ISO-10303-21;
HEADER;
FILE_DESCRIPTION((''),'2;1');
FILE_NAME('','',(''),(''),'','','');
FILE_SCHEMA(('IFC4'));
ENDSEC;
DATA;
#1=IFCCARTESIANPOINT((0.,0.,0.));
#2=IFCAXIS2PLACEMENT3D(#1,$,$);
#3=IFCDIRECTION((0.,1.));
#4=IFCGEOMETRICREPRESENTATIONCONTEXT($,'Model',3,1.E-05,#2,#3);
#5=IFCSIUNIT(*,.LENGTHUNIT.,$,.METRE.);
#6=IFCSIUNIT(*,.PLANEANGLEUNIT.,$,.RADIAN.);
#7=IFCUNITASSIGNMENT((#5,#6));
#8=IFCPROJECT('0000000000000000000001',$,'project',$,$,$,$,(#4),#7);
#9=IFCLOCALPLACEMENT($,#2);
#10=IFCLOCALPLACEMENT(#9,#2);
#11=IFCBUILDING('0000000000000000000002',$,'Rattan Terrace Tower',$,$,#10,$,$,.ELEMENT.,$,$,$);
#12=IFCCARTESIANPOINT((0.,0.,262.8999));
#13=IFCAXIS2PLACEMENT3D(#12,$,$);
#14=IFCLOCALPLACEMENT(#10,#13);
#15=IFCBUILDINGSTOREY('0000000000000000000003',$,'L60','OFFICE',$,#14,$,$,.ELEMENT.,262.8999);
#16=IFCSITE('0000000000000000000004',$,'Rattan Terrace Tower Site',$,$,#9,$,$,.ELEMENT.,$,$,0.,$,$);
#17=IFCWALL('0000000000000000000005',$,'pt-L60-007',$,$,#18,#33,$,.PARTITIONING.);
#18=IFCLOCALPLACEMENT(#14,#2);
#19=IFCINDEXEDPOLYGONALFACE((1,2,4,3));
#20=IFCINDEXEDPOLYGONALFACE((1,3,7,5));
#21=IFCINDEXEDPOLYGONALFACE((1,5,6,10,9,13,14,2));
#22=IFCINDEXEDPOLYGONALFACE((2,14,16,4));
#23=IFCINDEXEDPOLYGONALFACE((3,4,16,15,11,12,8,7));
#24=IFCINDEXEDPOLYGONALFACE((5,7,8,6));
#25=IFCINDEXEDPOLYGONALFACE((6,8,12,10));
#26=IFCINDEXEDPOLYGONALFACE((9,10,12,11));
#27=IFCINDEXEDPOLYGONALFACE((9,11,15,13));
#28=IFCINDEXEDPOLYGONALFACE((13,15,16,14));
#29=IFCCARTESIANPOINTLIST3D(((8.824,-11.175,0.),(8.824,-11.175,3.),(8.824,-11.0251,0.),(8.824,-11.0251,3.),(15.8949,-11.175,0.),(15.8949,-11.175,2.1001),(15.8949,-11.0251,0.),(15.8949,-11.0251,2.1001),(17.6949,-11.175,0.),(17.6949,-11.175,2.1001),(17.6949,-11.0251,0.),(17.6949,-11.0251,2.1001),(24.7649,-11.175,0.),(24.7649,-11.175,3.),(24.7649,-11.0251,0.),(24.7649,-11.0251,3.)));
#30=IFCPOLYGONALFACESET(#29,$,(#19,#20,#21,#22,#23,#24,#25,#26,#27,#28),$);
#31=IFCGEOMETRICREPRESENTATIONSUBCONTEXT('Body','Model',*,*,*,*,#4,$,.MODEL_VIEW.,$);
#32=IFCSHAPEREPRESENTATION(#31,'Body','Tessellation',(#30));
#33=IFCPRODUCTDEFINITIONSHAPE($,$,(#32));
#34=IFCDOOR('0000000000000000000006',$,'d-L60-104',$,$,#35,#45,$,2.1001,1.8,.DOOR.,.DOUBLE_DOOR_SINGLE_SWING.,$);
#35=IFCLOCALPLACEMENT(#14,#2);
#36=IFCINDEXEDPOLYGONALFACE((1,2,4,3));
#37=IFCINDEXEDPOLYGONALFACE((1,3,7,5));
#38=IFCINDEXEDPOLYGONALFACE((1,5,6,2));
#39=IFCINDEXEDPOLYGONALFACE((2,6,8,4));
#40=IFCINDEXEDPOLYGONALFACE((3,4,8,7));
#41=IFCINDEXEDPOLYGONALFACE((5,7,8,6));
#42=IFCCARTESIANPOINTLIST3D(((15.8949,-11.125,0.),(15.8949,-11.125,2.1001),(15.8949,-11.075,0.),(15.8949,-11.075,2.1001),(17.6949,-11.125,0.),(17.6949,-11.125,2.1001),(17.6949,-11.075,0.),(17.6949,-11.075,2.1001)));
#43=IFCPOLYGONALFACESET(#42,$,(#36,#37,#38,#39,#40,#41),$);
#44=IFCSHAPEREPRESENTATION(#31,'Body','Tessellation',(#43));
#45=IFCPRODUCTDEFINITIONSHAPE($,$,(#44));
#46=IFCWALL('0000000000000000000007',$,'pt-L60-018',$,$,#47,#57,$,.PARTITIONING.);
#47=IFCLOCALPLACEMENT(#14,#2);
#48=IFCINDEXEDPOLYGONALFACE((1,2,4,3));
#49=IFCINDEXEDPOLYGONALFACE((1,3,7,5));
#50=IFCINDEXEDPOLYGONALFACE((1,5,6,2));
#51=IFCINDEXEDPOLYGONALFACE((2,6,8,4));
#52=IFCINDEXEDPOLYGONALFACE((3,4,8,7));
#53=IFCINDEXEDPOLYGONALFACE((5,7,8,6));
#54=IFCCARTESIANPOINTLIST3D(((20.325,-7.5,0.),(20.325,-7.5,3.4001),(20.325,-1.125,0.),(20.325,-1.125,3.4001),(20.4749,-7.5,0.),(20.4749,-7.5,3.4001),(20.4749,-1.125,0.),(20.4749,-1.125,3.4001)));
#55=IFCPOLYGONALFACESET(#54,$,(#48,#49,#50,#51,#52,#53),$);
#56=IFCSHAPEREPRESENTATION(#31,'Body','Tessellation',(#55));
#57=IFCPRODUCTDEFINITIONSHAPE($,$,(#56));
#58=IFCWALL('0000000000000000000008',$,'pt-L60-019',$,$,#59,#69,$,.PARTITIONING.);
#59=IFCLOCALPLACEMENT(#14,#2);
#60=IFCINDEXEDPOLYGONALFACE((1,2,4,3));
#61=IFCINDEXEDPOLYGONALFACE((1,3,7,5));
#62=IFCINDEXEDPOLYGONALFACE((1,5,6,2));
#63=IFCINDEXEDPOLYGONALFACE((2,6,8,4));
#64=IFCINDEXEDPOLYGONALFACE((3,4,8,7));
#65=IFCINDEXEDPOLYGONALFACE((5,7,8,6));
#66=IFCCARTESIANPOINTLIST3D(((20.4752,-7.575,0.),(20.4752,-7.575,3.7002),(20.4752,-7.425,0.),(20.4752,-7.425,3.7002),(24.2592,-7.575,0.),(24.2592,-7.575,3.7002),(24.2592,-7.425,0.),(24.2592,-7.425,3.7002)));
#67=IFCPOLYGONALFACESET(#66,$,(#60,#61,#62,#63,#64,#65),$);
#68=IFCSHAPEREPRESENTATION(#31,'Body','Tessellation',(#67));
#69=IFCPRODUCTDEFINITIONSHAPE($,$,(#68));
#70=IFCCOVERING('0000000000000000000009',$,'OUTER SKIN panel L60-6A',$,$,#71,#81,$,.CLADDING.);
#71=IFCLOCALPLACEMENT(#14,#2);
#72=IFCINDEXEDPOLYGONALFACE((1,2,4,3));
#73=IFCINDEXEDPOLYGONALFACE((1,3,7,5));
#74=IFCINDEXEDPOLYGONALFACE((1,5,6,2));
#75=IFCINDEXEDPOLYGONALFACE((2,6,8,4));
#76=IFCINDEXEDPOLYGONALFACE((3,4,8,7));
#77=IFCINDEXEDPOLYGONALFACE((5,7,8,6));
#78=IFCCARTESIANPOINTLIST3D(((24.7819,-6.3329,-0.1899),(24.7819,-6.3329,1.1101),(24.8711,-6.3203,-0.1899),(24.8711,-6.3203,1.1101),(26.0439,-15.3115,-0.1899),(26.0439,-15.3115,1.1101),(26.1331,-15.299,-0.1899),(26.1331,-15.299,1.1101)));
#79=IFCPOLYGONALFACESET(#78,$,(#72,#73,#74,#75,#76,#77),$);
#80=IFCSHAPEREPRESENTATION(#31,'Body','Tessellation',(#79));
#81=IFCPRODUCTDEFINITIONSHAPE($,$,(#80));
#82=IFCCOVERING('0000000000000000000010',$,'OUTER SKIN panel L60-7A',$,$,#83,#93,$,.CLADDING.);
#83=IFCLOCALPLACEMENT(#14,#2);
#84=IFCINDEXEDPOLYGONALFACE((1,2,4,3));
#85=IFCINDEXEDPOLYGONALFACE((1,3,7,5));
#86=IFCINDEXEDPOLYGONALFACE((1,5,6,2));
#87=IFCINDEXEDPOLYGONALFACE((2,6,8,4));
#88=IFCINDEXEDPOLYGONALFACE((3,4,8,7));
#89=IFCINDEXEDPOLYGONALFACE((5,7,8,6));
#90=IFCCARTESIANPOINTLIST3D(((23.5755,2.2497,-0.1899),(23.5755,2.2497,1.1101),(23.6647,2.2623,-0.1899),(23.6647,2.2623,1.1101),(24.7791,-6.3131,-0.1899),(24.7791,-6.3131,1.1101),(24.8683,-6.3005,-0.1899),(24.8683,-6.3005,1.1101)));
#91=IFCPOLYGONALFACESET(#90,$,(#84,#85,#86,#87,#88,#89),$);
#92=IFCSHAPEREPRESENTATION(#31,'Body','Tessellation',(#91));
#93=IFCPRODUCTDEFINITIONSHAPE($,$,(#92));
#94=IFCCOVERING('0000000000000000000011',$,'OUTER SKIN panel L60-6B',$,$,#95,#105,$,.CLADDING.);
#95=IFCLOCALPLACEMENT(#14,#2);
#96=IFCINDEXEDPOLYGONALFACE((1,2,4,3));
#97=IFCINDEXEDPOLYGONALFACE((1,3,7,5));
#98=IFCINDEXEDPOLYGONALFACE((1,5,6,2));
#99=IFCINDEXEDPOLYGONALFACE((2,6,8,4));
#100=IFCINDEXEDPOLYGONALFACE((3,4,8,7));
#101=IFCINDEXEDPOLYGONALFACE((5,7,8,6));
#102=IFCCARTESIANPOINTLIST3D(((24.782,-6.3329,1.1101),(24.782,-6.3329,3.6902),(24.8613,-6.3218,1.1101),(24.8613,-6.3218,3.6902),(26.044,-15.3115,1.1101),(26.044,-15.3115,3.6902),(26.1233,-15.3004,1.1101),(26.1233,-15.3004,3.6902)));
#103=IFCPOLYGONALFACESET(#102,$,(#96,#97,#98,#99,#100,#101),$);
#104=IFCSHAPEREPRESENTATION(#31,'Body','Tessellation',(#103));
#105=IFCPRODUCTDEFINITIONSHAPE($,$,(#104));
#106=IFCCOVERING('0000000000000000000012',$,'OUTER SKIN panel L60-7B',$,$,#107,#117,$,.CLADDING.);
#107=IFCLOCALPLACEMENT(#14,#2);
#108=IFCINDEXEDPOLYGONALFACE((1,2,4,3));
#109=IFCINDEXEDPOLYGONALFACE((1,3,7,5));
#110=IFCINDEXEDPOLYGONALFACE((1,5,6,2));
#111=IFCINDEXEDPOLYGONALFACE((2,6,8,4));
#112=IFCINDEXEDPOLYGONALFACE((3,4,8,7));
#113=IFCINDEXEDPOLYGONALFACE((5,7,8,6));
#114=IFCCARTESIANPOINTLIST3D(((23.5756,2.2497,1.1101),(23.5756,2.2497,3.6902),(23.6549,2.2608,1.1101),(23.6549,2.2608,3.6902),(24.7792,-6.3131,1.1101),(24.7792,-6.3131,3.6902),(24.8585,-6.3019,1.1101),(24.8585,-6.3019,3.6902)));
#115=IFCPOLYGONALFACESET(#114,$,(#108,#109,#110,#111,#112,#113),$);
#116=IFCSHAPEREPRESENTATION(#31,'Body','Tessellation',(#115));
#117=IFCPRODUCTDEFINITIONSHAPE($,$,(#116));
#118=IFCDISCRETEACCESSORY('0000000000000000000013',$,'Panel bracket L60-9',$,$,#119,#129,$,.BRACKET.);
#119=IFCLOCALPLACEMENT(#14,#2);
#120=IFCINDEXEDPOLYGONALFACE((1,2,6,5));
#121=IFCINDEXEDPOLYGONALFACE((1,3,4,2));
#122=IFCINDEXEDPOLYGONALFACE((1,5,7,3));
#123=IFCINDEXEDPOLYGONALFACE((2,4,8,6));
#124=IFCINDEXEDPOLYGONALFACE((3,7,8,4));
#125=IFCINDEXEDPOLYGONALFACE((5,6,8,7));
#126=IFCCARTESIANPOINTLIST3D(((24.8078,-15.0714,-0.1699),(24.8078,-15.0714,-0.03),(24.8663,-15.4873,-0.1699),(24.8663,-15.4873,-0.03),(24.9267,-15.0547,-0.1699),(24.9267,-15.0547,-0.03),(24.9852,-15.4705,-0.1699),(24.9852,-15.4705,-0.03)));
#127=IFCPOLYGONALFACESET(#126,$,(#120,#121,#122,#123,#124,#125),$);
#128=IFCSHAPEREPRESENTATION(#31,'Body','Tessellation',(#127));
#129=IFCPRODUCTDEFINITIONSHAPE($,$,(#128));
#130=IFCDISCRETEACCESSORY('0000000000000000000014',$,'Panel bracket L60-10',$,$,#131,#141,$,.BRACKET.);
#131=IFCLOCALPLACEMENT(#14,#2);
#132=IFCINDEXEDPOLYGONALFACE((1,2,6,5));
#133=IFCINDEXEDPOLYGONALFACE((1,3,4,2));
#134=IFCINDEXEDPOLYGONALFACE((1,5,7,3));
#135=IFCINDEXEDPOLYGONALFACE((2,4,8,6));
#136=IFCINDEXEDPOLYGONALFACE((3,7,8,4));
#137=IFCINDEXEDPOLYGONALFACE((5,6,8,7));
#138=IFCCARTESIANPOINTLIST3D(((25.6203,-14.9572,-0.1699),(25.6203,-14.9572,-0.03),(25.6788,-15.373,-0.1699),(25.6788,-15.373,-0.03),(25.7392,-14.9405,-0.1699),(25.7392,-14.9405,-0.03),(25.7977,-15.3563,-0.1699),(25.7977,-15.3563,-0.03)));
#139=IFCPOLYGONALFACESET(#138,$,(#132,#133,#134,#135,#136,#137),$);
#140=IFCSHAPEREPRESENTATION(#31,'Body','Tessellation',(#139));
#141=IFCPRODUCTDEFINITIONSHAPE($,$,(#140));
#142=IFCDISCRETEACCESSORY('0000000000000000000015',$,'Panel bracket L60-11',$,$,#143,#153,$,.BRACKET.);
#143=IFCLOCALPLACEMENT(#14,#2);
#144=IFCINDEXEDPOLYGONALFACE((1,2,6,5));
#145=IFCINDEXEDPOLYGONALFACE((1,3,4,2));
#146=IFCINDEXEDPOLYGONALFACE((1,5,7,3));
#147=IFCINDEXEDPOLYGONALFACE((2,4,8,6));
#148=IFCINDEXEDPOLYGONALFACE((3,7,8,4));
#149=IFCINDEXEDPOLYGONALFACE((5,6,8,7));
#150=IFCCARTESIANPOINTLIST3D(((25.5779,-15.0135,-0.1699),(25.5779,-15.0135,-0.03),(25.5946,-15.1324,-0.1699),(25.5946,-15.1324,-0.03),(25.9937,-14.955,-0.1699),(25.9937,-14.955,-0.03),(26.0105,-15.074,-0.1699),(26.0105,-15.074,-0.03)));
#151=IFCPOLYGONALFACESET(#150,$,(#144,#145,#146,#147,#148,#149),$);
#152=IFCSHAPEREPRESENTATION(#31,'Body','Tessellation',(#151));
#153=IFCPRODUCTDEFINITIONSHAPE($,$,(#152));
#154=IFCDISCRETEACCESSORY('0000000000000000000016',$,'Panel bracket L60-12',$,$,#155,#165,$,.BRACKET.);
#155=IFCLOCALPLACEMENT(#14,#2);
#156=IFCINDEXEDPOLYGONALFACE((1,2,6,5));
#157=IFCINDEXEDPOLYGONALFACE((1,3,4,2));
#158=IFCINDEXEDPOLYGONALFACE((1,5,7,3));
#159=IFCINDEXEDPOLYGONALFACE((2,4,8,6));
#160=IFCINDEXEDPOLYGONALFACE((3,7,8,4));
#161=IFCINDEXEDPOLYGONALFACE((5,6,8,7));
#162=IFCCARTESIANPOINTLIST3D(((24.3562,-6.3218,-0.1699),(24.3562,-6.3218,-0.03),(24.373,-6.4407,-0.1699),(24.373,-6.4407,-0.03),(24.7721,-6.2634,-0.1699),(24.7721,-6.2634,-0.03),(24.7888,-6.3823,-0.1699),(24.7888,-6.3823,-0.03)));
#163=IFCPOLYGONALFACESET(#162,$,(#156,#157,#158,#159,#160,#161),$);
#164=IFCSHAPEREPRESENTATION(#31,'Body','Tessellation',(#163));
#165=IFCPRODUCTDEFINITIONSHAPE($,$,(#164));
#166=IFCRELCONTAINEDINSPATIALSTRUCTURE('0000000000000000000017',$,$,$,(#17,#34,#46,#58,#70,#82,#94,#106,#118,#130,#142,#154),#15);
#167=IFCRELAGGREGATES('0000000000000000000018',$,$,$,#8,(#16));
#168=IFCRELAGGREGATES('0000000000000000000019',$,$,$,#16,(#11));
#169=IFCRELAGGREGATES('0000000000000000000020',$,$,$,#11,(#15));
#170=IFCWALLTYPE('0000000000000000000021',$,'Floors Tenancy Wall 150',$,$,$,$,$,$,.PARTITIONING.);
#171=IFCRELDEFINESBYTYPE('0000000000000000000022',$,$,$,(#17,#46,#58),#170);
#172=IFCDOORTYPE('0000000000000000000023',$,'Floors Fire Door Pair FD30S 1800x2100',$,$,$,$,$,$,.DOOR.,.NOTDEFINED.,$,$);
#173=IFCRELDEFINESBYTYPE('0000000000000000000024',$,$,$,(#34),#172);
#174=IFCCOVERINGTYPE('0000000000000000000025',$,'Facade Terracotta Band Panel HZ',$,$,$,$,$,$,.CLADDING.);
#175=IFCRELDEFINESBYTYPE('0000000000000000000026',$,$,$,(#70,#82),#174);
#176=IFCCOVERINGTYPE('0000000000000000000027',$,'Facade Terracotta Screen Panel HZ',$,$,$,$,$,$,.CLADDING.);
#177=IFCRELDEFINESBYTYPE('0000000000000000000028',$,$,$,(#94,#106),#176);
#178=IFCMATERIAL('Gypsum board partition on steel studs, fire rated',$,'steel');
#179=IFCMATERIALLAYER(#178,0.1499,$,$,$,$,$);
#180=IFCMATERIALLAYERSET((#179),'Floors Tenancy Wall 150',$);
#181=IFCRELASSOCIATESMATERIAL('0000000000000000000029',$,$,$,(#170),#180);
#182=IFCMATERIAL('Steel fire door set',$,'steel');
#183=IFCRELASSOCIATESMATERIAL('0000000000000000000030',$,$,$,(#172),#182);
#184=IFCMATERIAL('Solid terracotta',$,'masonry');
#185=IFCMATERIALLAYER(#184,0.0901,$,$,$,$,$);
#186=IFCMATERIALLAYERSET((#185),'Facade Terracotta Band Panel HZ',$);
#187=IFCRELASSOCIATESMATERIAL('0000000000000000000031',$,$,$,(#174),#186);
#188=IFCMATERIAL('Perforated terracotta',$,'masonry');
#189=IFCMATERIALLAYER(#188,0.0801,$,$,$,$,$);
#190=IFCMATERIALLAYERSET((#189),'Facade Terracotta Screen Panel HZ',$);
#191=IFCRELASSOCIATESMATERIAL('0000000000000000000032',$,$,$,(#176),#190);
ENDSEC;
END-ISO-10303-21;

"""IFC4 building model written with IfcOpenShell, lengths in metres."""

from ifc_helpers import new_model, si_unit, direction, frame, frame_2d, origin, origin_2d, place, context, subcontext, project, spatial, rectangle, extrude, material, layer, layer_set, type_object, element, fill, save


model = new_model("IFC4")

# Units and contexts
model_context = context("Model", 3, precision=1e-05, world=origin(), true_north=direction((0.0, 1.0)))
body_context = subcontext(model_context, "Body", "Model", "MODEL_VIEW")
ifc_project = project(units=[si_unit("LENGTHUNIT", "METRE"), si_unit("PLANEANGLEUNIT", "RADIAN")], contexts=[model_context])

# Site, building, storey
site_placement = place(None, origin())
site = spatial("IfcSite", under=ifc_project, at=site_placement, Name="Rattan Terrace Tower Site", CompositionType="ELEMENT", RefElevation=0.0)
building_placement = place(site_placement, origin())
building = spatial("IfcBuilding", under=site, at=building_placement, Name="Rattan Terrace Tower", CompositionType="ELEMENT")
storey_placement = place(building_placement, frame((0.0, 0.0, 262.8999)))
storey = spatial("IfcBuildingStorey", under=building, at=storey_placement, Name="L60", Description="OFFICE", CompositionType="ELEMENT", Elevation=262.8999)

# Wall, opening, door
ifc_material_1 = material(Name="Gypsum board partition on steel studs, fire rated", Category="steel")
ifc_layer_1 = layer(ifc_material_1, 0.1499)
ifc_layer_set_1 = layer_set([ifc_layer_1], Name="Floors Tenancy Wall 150")
wall_type_1 = type_object("IfcWallType", Name="Floors Tenancy Wall 150", PredefinedType="PARTITIONING", material=ifc_layer_set_1)
wall_1_placement = place(storey_placement, frame((24.7649, -11.1001, 0.0), z_axis=(0.0, 0.0, 1.0), x_axis=(-1.0, 0.0, 0.0)))
wall_1 = element("IfcWall", 1, at=wall_1_placement, inside=storey, type_object=wall_type_1, Name="pt-L60-007", PredefinedType="PARTITIONING", context=body_context, shape_type="SweptSolid", body=[
    extrude(rectangle(XDim=15.9409, YDim=0.1499, at=frame_2d((7.9705, 0.0))), origin(), (0.0, 0.0, 1.0), 3.0),
])
opening_1_placement = place(wall_1_placement, frame((7.0701, 0.0, 0.0)))
opening_1 = element("IfcOpeningElement", 2, at=opening_1_placement, cuts=wall_1, PredefinedType="OPENING", context=body_context, shape_type="SweptSolid", body=[
    extrude(rectangle(XDim=1.8, YDim=2.1001, at=frame_2d((0.8999, 1.05))), frame((0.0, 0.0854, 0.0), z_axis=(0.0, -1.0, 0.0), x_axis=(1.0, 0.0, 0.0)), (0.0, 0.0, 1.0), 0.1709),
])
ifc_material_2 = material(Name="Steel fire door set", Category="steel")
door_type_1 = type_object("IfcDoorType", Name="Floors Fire Door Pair FD30S 1800x2100", OperationType="NOTDEFINED", PredefinedType="DOOR", material=ifc_material_2)
door_1_placement = place(opening_1_placement, origin())
door_1 = element("IfcDoor", 3, at=door_1_placement, inside=storey, type_object=door_type_1, Name="d-L60-104", OperationType="DOUBLE_DOOR_SINGLE_SWING", OverallHeight=2.1001, OverallWidth=1.8, PredefinedType="DOOR", context=body_context, shape_type="SweptSolid", body=[
    extrude(rectangle(XDim=1.8, YDim=2.1001, at=frame_2d((0.8999, 1.05))), frame((0.0, 0.0249, 0.0), z_axis=(0.0, -1.0, 0.0), x_axis=(1.0, 0.0, 0.0)), (0.0, 0.0, 1.0), 0.05),
])
fill(opening_1, door_1)

# Walls
wall_2_placement = place(storey_placement, frame((20.3999, -1.125, 0.0), z_axis=(0.0, 0.0, 1.0), x_axis=(0.0, -1.0, 0.0)))
element("IfcWall", 4, at=wall_2_placement, inside=storey, type_object=wall_type_1, Name="pt-L60-018", PredefinedType="PARTITIONING", context=body_context, shape_type="SweptSolid", body=[
    extrude(rectangle(XDim=6.375, YDim=0.1499, at=frame_2d((3.1875, 0.0))), origin(), (0.0, 0.0, 1.0), 3.4001),
])
wall_3_placement = place(storey_placement, frame((20.4751, -7.5, 0.0), z_axis=(0.0, 0.0, 1.0), x_axis=(1.0, 0.0, 0.0)))
element("IfcWall", 5, at=wall_3_placement, inside=storey, type_object=wall_type_1, Name="pt-L60-019", PredefinedType="PARTITIONING", context=body_context, shape_type="SweptSolid", body=[
    extrude(rectangle(XDim=3.7839, YDim=0.1499, at=frame_2d((1.8921, 0.0))), origin(), (0.0, 0.0, 1.0), 3.7002),
])

# Coverings
ifc_material_3 = material(Name="Solid terracotta", Category="masonry")
ifc_layer_2 = layer(ifc_material_3, 0.0901)
ifc_layer_set_2 = layer_set([ifc_layer_2], Name="Facade Terracotta Band Panel HZ")
covering_type_1 = type_object("IfcCoveringType", Name="Facade Terracotta Band Panel HZ", PredefinedType="CLADDING", material=ifc_layer_set_2)
covering_1_placement = place(storey_placement, frame((25.4575, -10.8159, -0.1899), z_axis=(0.0, 0.0, 1.0), x_axis=(-0.139192, 0.990265, 0.0)))
element("IfcCovering", 6, at=covering_1_placement, inside=storey, type_object=covering_type_1, Name="OUTER SKIN panel L60-6A", PredefinedType="CLADDING", context=body_context, shape_type="SweptSolid", body=[
    extrude(rectangle(XDim=9.0669, YDim=0.0901, at=origin_2d()), origin(), (0.0, 0.0, 1.0), 1.3),
])
covering_2_placement = place(storey_placement, frame((24.2219, -2.0254, -0.1899), z_axis=(0.0, 0.0, 1.0), x_axis=(-0.139192, 0.990265, 0.0)))
element("IfcCovering", 7, at=covering_2_placement, inside=storey, type_object=covering_type_1, Name="OUTER SKIN panel L60-7A", PredefinedType="CLADDING", context=body_context, shape_type="SweptSolid", body=[
    extrude(rectangle(XDim=8.647, YDim=0.0901, at=origin_2d()), origin(), (0.0, 0.0, 1.0), 1.3),
])
ifc_material_4 = material(Name="Perforated terracotta", Category="masonry")
ifc_layer_3 = layer(ifc_material_4, 0.0801)
ifc_layer_set_3 = layer_set([ifc_layer_3], Name="Facade Terracotta Screen Panel HZ")
covering_type_2 = type_object("IfcCoveringType", Name="Facade Terracotta Screen Panel HZ", PredefinedType="CLADDING", material=ifc_layer_set_3)
covering_3_placement = place(storey_placement, frame((25.4526, -10.8167, 1.1101), z_axis=(0.0, 0.0, 1.0), x_axis=(-0.139192, 0.990265, 0.0)))
element("IfcCovering", 8, at=covering_3_placement, inside=storey, type_object=covering_type_2, Name="OUTER SKIN panel L60-6B", PredefinedType="CLADDING", context=body_context, shape_type="SweptSolid", body=[
    extrude(rectangle(XDim=9.0669, YDim=0.0801, at=origin_2d()), origin(), (0.0, 0.0, 1.0), 2.5801),
])
covering_4_placement = place(storey_placement, frame((24.217, -2.0261, 1.1101), z_axis=(0.0, 0.0, 1.0), x_axis=(-0.139192, 0.990265, 0.0)))
element("IfcCovering", 9, at=covering_4_placement, inside=storey, type_object=covering_type_2, Name="OUTER SKIN panel L60-7B", PredefinedType="CLADDING", context=body_context, shape_type="SweptSolid", body=[
    extrude(rectangle(XDim=8.647, YDim=0.0801, at=origin_2d()), origin(), (0.0, 0.0, 1.0), 2.5801),
])

# Discrete accessories
for number, where, z_axis, x_axis, name in (
    (10, (24.8965, -15.271, -0.1699), (0.0, 0.0, 1.0), (0.990254, 0.139275, 0.0), "Panel bracket L60-9"),
    (11, (25.709, -15.1567, -0.1699), (0.0, 0.0, 1.0), (0.990254, 0.139275, 0.0), "Panel bracket L60-10"),
    (12, (25.7942, -15.0437, -0.1699), (0.0, 0.0, 1.0), (-0.139192, 0.990265, 0.0), "Panel bracket L60-11"),
    (13, (24.5725, -6.3521, -0.1699), (0.0, 0.0, 1.0), (-0.139192, 0.990265, 0.0), "Panel bracket L60-12"),
):
    element("IfcDiscreteAccessory", number, at=place(storey_placement, frame(where, z_axis=z_axis, x_axis=x_axis)), inside=storey, Name=name, PredefinedType="BRACKET", context=body_context, shape_type="SweptSolid", body=[
        extrude(rectangle(XDim=0.1201, YDim=0.4199, at=origin_2d()), origin(), (0.0, 0.0, 1.0), 0.1399),
    ])

save(model, "model.ifc")
